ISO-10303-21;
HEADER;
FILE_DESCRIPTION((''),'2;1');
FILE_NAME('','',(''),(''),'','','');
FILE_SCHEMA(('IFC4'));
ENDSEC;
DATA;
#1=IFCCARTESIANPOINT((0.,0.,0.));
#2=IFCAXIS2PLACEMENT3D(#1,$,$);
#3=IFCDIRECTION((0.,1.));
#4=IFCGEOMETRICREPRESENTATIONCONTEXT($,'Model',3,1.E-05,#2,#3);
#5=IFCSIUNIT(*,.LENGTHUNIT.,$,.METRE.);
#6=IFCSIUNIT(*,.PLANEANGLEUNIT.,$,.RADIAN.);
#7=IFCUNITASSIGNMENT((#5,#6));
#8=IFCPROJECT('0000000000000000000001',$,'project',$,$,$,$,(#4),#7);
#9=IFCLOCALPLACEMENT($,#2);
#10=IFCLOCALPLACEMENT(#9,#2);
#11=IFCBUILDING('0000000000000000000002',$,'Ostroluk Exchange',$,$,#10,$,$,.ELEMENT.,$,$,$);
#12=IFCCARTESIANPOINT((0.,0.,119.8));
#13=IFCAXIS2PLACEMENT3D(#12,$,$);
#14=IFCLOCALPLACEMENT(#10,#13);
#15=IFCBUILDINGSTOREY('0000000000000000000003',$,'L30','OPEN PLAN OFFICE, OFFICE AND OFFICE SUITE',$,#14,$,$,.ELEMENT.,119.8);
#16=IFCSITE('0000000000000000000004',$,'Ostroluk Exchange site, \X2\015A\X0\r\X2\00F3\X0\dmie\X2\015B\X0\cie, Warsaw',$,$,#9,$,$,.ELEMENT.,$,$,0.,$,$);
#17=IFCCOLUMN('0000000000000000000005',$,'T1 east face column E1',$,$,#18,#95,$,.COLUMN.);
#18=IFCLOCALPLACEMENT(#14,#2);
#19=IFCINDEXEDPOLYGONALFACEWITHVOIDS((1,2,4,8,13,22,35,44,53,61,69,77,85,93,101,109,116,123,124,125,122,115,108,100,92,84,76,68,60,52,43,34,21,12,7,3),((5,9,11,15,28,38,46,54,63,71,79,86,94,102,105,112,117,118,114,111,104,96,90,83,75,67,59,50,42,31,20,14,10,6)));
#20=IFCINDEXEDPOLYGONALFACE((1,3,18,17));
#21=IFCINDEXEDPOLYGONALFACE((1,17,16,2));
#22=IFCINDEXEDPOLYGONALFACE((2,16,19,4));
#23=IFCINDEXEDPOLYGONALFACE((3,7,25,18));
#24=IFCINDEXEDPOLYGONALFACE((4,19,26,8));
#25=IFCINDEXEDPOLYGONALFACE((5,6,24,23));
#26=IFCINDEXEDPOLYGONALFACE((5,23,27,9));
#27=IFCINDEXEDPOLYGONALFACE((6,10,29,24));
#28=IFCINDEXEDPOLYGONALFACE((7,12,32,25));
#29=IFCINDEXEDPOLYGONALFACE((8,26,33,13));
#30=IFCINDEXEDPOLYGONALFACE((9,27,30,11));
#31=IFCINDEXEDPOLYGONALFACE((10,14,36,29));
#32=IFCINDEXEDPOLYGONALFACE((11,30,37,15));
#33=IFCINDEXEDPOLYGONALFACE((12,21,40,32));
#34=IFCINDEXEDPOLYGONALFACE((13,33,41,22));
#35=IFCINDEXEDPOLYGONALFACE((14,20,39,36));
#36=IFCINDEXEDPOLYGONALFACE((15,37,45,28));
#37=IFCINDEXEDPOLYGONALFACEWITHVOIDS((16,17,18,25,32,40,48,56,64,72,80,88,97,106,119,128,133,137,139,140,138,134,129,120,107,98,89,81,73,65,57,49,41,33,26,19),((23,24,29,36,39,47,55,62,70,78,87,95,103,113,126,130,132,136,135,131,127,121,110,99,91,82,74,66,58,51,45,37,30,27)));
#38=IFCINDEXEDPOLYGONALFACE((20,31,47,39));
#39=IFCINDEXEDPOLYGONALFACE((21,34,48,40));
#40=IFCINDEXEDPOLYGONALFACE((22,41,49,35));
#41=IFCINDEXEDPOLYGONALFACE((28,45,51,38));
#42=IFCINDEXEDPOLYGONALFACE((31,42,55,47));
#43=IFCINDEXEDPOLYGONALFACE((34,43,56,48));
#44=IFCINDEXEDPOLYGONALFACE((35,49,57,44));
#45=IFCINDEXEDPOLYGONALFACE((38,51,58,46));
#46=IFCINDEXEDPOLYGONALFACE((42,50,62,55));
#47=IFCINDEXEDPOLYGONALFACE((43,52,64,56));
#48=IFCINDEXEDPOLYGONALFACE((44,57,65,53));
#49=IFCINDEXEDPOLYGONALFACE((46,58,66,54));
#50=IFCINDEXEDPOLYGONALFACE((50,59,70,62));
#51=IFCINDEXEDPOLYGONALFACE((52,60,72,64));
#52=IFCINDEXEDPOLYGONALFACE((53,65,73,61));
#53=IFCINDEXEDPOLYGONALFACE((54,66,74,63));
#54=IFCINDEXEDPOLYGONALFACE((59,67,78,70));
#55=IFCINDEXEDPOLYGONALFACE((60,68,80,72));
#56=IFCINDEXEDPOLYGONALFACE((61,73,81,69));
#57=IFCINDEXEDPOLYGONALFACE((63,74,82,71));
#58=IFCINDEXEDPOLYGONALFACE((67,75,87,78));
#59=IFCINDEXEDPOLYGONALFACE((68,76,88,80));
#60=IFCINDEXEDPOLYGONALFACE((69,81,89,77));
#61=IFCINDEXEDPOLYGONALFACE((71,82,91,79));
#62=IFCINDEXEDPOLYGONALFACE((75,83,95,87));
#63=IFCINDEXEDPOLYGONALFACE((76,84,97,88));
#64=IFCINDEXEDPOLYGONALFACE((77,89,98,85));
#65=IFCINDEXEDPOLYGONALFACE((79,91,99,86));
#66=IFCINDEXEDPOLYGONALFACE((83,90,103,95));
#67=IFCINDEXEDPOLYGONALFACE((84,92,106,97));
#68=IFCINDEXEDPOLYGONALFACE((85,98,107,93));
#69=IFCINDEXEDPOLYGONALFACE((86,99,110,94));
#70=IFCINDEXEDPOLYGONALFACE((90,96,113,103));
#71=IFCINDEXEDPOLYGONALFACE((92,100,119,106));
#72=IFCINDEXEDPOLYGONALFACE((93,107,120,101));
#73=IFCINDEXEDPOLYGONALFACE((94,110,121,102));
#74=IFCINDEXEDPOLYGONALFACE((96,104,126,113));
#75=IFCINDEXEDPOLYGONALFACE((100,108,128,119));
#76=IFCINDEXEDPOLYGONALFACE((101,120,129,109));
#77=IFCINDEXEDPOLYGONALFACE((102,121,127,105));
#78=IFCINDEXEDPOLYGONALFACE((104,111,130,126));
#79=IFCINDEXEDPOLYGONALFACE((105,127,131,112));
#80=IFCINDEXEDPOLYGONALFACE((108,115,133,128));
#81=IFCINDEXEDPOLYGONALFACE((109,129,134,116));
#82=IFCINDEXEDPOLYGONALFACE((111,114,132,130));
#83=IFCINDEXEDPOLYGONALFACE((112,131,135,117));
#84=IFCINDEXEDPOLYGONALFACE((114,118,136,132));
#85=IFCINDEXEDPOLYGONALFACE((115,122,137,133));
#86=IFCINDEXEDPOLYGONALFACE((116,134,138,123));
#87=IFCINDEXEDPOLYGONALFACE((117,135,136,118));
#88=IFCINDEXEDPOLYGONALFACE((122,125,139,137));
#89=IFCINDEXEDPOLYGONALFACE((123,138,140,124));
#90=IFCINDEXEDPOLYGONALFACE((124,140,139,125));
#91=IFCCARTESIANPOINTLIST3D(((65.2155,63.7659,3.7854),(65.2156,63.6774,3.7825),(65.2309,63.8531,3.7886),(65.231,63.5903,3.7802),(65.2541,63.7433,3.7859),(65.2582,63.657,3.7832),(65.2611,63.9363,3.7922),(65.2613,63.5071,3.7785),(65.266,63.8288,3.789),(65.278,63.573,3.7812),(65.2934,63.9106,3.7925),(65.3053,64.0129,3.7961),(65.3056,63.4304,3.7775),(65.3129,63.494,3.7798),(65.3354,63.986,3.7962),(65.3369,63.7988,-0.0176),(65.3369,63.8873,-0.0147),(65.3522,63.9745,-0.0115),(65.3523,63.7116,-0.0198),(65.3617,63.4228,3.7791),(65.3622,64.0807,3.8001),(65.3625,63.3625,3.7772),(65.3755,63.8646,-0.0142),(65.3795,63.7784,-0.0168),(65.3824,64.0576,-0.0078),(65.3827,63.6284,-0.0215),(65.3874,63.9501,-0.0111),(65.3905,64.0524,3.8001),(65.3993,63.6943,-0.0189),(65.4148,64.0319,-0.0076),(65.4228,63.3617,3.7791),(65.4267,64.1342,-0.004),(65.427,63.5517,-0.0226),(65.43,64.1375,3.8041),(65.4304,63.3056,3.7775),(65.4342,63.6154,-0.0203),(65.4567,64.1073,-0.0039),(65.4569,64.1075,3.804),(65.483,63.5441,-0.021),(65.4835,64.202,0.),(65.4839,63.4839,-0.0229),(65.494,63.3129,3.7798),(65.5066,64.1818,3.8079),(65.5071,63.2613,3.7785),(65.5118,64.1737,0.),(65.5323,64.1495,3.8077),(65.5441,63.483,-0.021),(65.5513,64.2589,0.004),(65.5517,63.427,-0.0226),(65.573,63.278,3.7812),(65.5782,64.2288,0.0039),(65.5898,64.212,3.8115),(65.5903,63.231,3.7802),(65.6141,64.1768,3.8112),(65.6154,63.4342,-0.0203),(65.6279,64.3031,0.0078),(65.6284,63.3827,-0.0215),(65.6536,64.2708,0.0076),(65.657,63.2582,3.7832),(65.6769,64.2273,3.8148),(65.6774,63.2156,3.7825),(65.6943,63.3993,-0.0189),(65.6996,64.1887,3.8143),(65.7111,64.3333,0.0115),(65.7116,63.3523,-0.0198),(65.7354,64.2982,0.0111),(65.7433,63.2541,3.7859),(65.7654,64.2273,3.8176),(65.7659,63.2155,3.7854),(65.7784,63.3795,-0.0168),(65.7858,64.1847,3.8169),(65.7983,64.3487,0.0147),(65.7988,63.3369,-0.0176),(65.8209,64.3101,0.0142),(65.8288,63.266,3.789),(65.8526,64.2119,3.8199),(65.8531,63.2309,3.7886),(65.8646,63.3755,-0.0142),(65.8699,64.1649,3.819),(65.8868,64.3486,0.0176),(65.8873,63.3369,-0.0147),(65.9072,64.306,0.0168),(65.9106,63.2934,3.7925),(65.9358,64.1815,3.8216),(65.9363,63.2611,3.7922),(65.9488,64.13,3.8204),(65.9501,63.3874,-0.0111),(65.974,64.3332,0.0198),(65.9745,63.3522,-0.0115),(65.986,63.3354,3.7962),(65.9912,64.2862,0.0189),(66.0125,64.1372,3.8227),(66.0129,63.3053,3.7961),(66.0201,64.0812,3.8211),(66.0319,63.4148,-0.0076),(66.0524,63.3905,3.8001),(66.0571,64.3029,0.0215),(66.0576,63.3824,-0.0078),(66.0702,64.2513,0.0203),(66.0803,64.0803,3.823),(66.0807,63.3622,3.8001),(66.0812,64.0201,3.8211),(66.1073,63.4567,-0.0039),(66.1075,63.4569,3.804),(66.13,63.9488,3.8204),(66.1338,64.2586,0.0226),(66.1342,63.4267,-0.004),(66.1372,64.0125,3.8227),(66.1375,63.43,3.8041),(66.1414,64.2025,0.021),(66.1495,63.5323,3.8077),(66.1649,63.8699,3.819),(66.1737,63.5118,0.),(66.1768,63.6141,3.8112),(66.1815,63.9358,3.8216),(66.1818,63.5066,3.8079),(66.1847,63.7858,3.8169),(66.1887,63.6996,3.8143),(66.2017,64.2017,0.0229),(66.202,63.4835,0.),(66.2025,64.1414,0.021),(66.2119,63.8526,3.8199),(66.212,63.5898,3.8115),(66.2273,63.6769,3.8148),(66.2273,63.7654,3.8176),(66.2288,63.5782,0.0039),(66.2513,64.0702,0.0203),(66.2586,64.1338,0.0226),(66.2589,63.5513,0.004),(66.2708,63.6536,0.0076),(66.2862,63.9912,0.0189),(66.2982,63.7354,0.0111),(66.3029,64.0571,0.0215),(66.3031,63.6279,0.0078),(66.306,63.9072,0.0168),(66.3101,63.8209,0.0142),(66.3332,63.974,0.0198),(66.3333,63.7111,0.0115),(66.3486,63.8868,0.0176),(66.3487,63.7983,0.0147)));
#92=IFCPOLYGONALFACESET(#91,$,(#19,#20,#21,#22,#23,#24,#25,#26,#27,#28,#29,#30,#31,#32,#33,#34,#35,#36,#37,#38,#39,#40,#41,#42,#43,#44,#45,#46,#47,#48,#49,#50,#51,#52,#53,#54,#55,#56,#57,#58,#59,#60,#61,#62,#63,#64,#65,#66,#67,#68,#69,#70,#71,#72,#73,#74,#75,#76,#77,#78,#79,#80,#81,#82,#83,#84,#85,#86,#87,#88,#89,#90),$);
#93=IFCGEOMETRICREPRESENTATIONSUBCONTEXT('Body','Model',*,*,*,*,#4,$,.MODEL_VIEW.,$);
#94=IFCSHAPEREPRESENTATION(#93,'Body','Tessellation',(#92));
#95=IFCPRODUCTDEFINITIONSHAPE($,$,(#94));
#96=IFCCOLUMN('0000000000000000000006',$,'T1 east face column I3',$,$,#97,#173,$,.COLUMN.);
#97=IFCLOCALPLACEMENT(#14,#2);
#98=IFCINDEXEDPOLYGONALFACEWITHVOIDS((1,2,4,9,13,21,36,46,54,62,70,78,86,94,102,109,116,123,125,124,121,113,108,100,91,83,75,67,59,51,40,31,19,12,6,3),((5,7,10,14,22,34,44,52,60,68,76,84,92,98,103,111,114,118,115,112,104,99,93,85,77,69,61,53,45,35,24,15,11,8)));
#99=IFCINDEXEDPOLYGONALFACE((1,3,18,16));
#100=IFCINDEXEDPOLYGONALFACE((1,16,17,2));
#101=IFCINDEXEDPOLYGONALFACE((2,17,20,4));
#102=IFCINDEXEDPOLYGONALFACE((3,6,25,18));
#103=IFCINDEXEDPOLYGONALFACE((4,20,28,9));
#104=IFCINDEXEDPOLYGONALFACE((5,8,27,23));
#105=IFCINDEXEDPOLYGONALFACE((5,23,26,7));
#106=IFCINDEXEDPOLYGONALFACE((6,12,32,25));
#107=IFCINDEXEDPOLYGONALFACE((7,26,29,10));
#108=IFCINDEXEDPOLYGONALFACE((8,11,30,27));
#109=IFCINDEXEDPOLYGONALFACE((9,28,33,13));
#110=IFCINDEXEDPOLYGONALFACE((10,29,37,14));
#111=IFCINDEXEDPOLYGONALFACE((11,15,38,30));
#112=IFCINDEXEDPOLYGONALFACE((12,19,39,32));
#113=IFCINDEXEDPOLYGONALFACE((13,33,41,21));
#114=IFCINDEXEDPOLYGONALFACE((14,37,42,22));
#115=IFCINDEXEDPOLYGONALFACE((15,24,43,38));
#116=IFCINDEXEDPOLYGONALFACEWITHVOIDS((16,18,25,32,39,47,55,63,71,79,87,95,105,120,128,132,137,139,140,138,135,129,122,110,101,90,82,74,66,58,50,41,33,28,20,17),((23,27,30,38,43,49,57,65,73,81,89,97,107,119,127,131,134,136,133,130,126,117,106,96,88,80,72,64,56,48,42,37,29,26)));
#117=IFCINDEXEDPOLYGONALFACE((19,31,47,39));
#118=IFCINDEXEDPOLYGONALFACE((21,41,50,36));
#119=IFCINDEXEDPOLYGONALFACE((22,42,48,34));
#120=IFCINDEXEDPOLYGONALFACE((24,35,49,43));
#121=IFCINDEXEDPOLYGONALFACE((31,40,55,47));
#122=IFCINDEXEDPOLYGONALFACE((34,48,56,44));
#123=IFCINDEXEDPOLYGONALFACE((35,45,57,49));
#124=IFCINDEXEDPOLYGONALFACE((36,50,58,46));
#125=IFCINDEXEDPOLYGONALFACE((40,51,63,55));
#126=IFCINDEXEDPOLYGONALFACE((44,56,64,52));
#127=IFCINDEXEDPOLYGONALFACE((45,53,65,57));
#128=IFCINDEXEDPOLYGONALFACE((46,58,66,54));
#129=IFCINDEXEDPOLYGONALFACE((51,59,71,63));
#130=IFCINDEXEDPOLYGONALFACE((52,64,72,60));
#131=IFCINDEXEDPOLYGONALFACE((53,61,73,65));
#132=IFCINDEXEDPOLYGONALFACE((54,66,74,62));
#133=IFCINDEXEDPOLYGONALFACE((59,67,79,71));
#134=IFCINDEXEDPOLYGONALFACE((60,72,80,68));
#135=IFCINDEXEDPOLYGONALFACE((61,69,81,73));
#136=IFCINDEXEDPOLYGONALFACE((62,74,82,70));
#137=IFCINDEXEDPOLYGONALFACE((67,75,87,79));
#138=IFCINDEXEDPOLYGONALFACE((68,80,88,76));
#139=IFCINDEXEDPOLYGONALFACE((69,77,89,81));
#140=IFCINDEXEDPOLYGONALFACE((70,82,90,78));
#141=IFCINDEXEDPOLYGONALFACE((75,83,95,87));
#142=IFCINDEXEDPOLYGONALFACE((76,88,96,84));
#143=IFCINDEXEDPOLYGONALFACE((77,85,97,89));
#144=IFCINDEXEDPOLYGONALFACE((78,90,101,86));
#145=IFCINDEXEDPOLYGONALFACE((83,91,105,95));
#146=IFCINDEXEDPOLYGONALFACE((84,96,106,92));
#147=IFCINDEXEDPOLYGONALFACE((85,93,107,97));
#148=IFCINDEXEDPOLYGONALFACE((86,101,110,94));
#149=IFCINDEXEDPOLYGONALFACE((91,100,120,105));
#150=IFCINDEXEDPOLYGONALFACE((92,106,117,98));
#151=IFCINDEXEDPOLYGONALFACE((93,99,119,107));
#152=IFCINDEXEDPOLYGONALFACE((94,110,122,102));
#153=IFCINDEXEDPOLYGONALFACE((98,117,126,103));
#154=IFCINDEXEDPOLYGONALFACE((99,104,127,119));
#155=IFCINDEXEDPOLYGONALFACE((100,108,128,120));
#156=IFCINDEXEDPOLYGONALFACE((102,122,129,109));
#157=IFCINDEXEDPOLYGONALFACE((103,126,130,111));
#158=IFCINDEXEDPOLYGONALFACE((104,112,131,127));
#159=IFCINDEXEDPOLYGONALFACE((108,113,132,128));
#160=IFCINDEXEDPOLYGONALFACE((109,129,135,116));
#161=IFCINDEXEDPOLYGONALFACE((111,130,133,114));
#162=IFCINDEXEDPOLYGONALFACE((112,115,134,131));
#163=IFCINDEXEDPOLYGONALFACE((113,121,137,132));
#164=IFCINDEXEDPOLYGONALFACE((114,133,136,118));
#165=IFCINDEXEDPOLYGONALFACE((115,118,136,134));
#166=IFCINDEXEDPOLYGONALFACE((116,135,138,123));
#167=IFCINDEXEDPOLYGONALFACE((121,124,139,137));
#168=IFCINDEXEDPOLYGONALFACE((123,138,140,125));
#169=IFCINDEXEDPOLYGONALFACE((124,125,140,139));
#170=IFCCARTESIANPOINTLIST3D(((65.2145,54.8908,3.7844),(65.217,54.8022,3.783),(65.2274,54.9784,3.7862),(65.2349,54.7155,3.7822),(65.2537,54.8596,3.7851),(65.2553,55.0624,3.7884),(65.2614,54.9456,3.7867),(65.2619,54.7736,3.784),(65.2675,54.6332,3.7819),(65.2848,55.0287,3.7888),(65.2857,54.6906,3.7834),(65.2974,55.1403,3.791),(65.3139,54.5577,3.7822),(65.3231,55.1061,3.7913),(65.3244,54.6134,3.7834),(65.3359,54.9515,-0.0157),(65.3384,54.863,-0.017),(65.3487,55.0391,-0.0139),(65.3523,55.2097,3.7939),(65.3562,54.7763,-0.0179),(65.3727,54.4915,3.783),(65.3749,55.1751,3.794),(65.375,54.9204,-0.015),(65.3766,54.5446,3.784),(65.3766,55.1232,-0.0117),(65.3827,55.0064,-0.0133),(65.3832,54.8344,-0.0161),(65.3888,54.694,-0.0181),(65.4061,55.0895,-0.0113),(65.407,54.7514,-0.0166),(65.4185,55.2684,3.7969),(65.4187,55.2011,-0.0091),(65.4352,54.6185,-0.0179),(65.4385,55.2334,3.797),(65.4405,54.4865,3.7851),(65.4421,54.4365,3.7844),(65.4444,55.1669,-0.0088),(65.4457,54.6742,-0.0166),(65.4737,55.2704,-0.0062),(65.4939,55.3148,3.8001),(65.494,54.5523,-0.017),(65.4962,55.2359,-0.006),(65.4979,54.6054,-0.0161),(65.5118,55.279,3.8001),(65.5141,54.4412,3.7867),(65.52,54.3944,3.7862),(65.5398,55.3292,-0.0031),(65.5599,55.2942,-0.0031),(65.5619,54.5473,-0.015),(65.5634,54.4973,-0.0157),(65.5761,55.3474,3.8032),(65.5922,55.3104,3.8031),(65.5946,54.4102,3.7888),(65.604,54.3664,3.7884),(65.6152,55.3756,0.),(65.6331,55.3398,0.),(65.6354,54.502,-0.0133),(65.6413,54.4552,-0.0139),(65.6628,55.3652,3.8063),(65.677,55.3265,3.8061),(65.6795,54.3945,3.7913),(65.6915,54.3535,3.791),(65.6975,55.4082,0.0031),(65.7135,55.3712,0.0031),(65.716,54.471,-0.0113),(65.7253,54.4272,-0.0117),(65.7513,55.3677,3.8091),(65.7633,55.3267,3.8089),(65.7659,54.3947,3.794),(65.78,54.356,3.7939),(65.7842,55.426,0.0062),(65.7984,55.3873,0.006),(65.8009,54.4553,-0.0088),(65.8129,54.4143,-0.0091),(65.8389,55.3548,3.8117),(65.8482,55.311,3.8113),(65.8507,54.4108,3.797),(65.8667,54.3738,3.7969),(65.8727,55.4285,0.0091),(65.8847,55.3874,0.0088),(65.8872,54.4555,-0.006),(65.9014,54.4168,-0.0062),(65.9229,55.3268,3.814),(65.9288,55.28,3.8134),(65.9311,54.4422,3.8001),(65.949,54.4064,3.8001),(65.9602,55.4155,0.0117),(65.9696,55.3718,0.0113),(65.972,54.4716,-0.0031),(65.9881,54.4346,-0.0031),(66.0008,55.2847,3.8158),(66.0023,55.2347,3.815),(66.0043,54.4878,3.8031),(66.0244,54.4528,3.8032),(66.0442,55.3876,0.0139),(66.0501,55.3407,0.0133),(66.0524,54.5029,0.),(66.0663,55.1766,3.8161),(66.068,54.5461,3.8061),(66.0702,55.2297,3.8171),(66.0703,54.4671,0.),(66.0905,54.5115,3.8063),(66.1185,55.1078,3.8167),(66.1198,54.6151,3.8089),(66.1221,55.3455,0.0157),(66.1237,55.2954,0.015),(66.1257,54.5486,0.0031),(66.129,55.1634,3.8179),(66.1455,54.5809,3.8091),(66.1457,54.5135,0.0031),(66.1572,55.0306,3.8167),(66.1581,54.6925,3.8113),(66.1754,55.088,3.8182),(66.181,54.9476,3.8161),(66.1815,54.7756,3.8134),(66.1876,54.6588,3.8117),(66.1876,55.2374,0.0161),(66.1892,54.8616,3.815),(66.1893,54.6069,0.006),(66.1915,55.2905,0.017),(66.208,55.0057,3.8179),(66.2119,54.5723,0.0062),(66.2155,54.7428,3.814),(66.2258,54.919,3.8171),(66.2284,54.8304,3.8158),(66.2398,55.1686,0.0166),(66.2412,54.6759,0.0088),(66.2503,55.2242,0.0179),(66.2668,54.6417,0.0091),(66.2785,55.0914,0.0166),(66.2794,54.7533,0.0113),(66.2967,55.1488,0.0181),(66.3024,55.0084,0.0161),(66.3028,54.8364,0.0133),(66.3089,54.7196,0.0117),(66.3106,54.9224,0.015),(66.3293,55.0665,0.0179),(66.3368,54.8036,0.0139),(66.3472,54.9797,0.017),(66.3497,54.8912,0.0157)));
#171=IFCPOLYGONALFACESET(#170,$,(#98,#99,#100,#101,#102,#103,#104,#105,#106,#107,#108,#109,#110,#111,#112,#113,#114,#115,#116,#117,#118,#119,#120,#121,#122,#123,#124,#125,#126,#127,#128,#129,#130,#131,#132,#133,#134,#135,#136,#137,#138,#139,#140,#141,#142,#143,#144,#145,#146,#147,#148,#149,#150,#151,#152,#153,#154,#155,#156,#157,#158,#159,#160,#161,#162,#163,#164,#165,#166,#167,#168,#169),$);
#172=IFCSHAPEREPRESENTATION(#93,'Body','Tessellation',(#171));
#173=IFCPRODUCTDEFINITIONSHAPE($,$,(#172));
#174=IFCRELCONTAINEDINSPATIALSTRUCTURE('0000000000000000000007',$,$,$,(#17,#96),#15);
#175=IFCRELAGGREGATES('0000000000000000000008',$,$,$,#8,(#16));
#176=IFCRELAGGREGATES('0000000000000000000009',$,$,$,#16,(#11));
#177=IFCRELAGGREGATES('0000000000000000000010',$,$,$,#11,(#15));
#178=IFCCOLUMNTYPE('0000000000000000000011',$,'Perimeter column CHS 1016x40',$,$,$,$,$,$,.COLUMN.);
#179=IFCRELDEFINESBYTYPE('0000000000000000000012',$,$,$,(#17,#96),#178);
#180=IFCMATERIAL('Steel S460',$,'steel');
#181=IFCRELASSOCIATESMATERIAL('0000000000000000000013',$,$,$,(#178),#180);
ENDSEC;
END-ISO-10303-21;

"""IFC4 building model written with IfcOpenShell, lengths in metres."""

from ifc_helpers import new_model, si_unit, direction, frame, origin, origin_2d, place, context, subcontext, project, spatial, hollow_circle, extrude, material, material_profile, profile_set, type_object, element, save


model = new_model("IFC4")

# Units and contexts
model_context = context("Model", 3, precision=1e-05, world=origin(), true_north=direction((0.0, 1.0)))
body_context = subcontext(model_context, "Body", "Model", "MODEL_VIEW")
ifc_project = project(units=[si_unit("LENGTHUNIT", "METRE"), si_unit("PLANEANGLEUNIT", "RADIAN")], contexts=[model_context])

# Site, building, storey
site_placement = place(None, origin())
site = spatial("IfcSite", under=ifc_project, at=site_placement, Name="Ostroluk Exchange site, Śródmieście, Warsaw", CompositionType="ELEMENT", RefElevation=0.0)
building_placement = place(site_placement, origin())
building = spatial("IfcBuilding", under=site, at=building_placement, Name="Ostroluk Exchange", CompositionType="ELEMENT")
storey_placement = place(building_placement, frame((0.0, 0.0, 119.8)))
storey = spatial("IfcBuildingStorey", under=building, at=storey_placement, Name="L30", Description="OPEN PLAN OFFICE, OFFICE AND OFFICE SUITE", CompositionType="ELEMENT", Elevation=119.8)

# Columns
ifc_material_1 = material(Name="Steel S460", Category="steel")
ifc_material_profile_1 = material_profile(ifc_material_1, hollow_circle(Radius=0.5081, WallThickness=0.04, at=origin_2d()), Name="CHS 1016x40")
ifc_profile_set_1 = profile_set([ifc_material_profile_1], Name="Steel S460")
column_type_1 = type_object("IfcColumnType", Name="Perimeter column CHS 1016x40", PredefinedType="COLUMN", material=ifc_profile_set_1)
column_1_placement = place(storey_placement, frame((65.8428, 63.8428, 0.0), z_axis=(-0.031898, -0.031898, 0.998982), x_axis=(0.707107, -0.707107, 0.0)))
element("IfcColumn", 1, at=column_1_placement, inside=storey, type_object=column_type_1, Name="T1 east face column E1", PredefinedType="COLUMN", context=body_context, shape_type="SweptSolid", body=[
    extrude(hollow_circle(Radius=0.5081, WallThickness=0.04, at=origin_2d()), origin(), (0.0, 0.0, 1.0), 3.804),
])
column_2_placement = place(storey_placement, frame((65.8428, 54.9214, 0.0), z_axis=(-0.03191, -0.015987, 0.999363), x_axis=(0.447933, -0.894067, 0.0)))
element("IfcColumn", 2, at=column_2_placement, inside=storey, type_object=column_type_1, Name="T1 east face column I3", PredefinedType="COLUMN", context=body_context, shape_type="SweptSolid", body=[
    extrude(hollow_circle(Radius=0.5081, WallThickness=0.04, at=origin_2d()), origin(), (0.0, 0.0, 1.0), 3.8025),
])

save(model, "model.ifc")
